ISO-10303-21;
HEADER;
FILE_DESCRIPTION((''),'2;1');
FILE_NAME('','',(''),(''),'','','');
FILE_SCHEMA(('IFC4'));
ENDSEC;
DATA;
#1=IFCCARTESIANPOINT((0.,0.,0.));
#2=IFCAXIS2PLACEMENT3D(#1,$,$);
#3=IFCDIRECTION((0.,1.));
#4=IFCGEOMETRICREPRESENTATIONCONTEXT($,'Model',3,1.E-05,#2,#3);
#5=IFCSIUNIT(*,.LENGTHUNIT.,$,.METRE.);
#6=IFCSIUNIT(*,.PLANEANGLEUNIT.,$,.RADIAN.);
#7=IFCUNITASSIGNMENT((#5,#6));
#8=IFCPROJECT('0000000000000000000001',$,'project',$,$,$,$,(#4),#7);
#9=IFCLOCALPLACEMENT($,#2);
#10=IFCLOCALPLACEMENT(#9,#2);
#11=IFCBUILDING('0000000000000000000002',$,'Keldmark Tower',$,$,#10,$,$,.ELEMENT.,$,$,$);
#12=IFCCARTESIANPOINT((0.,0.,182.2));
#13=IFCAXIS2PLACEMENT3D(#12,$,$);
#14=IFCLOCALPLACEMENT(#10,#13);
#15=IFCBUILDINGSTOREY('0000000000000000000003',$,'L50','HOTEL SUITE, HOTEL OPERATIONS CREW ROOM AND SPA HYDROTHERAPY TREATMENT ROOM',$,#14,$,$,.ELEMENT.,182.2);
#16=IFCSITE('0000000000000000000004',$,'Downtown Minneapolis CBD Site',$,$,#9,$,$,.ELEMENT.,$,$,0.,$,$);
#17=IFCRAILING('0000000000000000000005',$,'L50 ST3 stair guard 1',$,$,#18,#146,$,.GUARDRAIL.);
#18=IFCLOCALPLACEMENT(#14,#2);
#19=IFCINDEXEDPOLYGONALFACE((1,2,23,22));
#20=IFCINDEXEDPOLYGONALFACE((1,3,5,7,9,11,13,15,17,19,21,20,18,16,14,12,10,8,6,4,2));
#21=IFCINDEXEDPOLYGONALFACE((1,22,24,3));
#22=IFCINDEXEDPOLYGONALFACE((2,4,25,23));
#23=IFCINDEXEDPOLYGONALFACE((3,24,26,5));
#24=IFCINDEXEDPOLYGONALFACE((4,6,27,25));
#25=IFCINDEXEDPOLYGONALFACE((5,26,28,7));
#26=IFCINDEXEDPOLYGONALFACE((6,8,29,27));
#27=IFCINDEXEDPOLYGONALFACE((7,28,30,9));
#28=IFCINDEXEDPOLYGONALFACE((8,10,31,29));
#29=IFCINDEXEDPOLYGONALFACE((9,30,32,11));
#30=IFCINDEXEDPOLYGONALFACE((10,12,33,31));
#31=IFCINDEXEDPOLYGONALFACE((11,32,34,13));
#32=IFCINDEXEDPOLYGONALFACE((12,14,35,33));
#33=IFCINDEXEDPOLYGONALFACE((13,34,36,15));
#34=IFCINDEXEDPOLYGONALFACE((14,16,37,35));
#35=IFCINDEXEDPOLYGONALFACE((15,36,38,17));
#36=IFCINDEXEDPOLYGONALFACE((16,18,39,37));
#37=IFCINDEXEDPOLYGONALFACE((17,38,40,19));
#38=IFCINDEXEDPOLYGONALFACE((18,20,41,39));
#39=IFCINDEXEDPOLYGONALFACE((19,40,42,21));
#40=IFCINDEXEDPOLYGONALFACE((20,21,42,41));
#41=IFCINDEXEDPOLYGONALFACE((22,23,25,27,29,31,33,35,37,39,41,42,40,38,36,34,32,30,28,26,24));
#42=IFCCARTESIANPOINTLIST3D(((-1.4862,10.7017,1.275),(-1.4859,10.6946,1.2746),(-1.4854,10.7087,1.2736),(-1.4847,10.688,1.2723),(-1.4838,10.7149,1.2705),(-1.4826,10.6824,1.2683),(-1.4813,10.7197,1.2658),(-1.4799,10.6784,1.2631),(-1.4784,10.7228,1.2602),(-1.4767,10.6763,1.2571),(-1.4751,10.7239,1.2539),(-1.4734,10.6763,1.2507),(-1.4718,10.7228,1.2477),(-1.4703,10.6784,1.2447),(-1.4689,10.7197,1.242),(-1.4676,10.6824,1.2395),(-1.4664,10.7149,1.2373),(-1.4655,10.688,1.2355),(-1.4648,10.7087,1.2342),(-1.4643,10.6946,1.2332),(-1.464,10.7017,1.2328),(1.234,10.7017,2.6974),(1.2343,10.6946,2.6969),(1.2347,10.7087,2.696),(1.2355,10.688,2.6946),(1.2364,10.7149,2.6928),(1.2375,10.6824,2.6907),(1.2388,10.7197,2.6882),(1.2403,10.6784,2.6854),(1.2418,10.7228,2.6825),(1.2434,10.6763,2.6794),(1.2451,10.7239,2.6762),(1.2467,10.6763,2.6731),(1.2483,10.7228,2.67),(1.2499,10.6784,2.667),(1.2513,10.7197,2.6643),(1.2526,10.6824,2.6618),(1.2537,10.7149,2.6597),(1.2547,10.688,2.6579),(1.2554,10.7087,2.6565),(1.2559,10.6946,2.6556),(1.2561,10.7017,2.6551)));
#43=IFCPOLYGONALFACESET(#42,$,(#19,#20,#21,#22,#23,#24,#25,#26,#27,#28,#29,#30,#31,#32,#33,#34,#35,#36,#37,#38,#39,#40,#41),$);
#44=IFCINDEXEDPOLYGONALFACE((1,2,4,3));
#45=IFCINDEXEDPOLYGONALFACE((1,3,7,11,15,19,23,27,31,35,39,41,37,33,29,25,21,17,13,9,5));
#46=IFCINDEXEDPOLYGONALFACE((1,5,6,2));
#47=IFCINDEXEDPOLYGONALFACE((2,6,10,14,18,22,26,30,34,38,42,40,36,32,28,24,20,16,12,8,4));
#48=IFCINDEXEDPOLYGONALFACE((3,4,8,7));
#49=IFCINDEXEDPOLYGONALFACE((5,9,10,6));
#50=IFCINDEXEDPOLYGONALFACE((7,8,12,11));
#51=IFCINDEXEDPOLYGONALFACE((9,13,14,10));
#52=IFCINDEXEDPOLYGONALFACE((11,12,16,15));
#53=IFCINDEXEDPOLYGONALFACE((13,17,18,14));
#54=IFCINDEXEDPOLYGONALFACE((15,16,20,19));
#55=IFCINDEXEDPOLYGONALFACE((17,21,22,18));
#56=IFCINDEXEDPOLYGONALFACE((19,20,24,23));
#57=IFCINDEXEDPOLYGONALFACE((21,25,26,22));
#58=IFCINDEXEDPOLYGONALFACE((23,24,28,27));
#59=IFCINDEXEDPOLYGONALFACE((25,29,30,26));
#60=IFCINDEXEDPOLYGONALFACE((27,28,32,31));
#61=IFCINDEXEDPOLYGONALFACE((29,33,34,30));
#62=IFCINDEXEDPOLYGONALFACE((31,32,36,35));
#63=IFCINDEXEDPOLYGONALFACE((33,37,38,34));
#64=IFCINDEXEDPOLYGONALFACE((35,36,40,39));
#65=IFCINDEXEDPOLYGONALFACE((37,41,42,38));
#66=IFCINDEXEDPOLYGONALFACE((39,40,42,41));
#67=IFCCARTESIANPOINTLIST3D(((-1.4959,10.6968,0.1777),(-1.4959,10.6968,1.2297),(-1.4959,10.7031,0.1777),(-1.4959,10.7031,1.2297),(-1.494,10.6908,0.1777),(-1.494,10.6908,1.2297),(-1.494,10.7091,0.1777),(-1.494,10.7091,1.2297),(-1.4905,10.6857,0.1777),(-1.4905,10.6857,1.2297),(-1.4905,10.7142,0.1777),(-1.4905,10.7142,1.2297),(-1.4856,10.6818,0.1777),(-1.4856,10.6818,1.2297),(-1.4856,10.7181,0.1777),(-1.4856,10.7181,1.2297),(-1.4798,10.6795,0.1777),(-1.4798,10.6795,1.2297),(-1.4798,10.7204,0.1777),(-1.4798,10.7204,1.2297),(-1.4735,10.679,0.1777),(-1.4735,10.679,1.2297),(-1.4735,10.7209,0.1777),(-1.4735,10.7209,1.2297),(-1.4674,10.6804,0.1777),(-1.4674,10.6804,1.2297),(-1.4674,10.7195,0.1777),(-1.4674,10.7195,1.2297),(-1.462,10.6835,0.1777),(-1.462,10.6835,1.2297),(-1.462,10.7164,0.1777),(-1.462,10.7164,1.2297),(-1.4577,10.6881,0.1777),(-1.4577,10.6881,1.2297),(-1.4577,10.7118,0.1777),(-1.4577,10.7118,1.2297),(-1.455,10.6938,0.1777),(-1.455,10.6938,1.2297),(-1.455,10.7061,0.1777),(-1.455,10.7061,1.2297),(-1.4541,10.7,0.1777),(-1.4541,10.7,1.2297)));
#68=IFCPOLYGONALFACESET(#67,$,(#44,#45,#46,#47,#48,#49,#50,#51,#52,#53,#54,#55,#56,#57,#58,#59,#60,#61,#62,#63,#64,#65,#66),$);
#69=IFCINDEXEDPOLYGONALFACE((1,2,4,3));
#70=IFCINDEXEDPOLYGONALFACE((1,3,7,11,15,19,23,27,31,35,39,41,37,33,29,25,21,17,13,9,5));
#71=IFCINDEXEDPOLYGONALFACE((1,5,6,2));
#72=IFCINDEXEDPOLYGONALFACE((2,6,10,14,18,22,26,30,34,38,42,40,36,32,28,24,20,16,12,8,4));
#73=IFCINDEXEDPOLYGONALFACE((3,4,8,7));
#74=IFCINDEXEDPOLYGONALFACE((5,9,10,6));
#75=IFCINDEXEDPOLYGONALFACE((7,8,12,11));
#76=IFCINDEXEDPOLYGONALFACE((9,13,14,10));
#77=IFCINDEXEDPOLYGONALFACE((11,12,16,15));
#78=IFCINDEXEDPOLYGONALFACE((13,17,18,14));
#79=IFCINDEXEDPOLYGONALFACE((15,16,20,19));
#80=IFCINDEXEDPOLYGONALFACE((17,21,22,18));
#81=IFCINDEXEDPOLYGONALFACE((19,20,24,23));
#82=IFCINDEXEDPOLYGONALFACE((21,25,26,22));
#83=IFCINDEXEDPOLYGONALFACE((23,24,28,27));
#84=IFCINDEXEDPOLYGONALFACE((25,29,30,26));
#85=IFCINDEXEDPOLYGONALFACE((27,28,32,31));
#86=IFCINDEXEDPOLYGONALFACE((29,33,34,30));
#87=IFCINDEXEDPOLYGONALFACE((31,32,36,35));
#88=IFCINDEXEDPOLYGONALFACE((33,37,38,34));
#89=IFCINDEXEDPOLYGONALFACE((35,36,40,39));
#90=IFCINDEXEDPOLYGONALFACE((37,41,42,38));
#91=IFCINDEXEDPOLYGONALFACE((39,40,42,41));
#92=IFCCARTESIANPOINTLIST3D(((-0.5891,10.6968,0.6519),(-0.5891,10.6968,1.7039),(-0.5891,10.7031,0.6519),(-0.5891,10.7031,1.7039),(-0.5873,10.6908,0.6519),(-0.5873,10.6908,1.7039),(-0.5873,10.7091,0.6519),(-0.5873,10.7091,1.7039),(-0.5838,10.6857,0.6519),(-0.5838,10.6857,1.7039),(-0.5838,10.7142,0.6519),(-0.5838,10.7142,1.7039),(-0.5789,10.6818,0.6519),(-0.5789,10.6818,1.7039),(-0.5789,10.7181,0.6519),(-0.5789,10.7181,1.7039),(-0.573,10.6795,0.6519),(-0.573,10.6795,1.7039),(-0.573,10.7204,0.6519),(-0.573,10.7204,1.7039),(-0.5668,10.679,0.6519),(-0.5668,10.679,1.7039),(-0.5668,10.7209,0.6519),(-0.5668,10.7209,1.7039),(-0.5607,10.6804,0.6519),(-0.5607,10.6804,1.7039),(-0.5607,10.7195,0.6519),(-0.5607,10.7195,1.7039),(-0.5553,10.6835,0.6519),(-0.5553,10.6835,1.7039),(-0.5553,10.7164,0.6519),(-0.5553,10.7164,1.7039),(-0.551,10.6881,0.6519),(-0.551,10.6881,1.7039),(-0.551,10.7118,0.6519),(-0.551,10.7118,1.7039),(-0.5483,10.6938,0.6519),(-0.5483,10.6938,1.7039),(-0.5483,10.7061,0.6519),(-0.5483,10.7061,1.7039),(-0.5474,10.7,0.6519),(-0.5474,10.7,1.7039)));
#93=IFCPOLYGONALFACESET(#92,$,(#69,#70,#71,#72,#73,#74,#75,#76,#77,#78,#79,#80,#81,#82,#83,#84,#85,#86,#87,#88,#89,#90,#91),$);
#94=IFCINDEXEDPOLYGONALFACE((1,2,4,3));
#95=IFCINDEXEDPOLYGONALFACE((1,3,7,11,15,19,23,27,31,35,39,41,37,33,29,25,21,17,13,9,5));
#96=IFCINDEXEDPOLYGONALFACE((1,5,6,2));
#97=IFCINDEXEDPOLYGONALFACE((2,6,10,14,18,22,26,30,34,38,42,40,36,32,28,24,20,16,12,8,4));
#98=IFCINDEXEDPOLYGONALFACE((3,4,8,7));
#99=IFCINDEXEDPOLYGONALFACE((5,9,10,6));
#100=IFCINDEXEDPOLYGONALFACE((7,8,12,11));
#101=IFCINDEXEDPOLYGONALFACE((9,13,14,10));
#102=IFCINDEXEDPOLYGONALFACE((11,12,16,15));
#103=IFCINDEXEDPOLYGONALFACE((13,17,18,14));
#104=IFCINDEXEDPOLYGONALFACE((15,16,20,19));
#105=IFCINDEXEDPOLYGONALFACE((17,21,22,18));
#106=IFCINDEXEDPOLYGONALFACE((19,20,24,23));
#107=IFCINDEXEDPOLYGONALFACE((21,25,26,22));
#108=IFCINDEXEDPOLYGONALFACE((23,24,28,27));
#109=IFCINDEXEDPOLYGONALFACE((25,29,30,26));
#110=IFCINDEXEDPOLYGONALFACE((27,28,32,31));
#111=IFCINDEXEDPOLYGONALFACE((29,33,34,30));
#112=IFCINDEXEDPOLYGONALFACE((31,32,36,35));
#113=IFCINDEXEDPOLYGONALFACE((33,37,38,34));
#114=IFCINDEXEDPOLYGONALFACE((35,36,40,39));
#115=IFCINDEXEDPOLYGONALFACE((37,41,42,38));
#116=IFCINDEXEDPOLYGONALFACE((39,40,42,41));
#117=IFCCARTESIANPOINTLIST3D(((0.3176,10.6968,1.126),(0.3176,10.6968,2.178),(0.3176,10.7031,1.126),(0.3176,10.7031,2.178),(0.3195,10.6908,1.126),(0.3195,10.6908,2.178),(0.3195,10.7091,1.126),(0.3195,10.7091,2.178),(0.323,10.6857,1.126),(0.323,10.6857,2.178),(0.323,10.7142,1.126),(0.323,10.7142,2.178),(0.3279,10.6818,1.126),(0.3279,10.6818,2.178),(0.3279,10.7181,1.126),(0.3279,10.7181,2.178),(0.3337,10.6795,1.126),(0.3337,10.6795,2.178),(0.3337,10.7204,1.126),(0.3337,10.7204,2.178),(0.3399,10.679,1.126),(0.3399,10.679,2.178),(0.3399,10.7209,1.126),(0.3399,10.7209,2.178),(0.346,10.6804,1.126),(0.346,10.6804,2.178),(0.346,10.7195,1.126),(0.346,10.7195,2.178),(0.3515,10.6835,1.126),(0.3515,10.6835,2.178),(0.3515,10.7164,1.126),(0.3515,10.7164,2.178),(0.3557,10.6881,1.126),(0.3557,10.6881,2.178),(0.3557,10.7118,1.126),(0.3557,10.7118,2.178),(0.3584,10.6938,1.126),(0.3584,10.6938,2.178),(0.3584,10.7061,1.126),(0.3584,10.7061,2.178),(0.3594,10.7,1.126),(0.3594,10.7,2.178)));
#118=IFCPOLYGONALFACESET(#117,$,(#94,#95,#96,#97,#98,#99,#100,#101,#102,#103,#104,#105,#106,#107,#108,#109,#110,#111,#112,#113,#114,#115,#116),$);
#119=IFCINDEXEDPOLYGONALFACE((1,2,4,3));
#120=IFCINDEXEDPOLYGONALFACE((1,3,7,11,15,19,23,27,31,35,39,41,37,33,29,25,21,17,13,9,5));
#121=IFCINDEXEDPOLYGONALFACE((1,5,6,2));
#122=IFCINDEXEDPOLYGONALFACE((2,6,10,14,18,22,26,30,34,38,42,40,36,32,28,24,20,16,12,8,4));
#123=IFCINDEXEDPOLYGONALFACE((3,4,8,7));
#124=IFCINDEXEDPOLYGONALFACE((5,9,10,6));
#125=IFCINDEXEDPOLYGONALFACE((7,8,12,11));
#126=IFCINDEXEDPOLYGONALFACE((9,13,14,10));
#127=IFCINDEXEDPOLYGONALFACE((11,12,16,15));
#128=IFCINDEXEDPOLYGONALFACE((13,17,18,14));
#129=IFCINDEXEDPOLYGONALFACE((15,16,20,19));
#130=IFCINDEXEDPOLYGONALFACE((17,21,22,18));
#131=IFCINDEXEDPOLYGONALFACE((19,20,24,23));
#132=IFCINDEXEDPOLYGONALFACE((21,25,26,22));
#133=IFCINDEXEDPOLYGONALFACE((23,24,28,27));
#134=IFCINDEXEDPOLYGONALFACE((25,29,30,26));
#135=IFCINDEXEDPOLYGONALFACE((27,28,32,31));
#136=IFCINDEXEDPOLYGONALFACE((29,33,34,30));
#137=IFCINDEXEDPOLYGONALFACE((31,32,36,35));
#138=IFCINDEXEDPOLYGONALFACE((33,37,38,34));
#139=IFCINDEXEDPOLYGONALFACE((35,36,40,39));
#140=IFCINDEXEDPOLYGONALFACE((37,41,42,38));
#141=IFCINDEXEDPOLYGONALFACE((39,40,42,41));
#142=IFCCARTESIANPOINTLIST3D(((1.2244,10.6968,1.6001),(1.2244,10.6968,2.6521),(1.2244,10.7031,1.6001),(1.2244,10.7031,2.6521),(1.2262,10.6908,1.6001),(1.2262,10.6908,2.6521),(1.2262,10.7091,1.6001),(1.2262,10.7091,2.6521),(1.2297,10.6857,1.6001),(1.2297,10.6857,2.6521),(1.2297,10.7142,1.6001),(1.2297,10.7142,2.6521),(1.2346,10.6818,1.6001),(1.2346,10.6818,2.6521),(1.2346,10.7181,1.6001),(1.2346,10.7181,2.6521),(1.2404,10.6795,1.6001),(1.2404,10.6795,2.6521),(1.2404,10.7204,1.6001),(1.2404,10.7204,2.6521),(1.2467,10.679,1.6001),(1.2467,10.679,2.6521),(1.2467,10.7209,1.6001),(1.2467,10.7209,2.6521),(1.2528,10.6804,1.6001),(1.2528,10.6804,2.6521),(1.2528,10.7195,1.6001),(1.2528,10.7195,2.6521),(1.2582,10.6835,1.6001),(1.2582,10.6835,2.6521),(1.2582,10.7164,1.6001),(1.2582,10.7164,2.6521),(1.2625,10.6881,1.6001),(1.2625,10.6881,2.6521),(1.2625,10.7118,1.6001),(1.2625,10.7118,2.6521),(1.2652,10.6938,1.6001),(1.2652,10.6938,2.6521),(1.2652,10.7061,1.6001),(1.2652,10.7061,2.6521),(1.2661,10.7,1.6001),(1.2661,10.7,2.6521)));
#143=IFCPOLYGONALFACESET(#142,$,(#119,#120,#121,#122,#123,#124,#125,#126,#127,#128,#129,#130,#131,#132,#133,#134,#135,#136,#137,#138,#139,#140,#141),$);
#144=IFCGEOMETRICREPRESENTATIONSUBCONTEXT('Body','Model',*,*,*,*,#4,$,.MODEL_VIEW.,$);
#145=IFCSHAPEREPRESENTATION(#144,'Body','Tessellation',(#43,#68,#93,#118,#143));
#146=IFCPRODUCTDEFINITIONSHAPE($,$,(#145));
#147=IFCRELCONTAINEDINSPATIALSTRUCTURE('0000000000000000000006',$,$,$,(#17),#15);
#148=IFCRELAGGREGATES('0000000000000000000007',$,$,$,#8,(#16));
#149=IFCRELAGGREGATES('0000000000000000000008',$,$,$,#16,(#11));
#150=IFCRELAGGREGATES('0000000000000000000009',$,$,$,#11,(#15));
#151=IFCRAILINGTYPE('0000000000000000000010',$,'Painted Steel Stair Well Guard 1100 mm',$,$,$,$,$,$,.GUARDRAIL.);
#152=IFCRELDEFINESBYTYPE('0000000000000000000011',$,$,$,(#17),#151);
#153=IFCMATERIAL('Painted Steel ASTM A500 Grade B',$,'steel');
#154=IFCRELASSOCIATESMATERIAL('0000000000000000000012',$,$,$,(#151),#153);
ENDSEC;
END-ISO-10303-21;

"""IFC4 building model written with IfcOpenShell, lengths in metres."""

from ifc_helpers import new_model, si_unit, direction, frame, origin, origin_2d, place, context, subcontext, project, spatial, circle, extrude, material, type_object, element, save


model = new_model("IFC4")

# Units and contexts
model_context = context("Model", 3, precision=1e-05, world=origin(), true_north=direction((0.0, 1.0)))
body_context = subcontext(model_context, "Body", "Model", "MODEL_VIEW")
ifc_project = project(units=[si_unit("LENGTHUNIT", "METRE"), si_unit("PLANEANGLEUNIT", "RADIAN")], contexts=[model_context])

# Site, building, storey
site_placement = place(None, origin())
site = spatial("IfcSite", under=ifc_project, at=site_placement, Name="Downtown Minneapolis CBD Site", CompositionType="ELEMENT", RefElevation=0.0)
building_placement = place(site_placement, origin())
building = spatial("IfcBuilding", under=site, at=building_placement, Name="Keldmark Tower", CompositionType="ELEMENT")
storey_placement = place(building_placement, frame((0.0, 0.0, 182.2)))
storey = spatial("IfcBuildingStorey", under=building, at=storey_placement, Name="L50", Description="HOTEL SUITE, HOTEL OPERATIONS CREW ROOM AND SPA HYDROTHERAPY TREATMENT ROOM", CompositionType="ELEMENT", Elevation=182.2)

# Railing
ifc_material_1 = material(Name="Painted Steel ASTM A500 Grade B", Category="steel")
railing_type_1 = type_object("IfcRailingType", Name="Painted Steel Stair Well Guard 1100 mm", PredefinedType="GUARDRAIL", material=ifc_material_1)
railing_1_placement = place(storey_placement, frame((-1.4751, 10.7, 0.1777)))
element("IfcRailing", 1, at=railing_1_placement, inside=storey, type_object=railing_type_1, Name="L50 ST3 stair guard 1", PredefinedType="GUARDRAIL", context=body_context, shape_type="SweptSolid", body=[
    extrude(circle(Radius=0.0239, at=origin_2d()), frame((0.0, 0.0, 1.0762), z_axis=(0.886168, 0.0, 0.463365), x_axis=(0.0, 1.0, 0.0)), (0.0, 0.0, 1.0), 3.0696),
    extrude(circle(Radius=0.021, at=origin_2d()), origin(), (0.0, 0.0, 1.0), 1.052),
    extrude(circle(Radius=0.021, at=origin_2d()), frame((0.9067, 0.0, 0.4741)), (0.0, 0.0, 1.0), 1.052),
    extrude(circle(Radius=0.021, at=origin_2d()), frame((1.8135, 0.0, 0.9482)), (0.0, 0.0, 1.0), 1.052),
    extrude(circle(Radius=0.021, at=origin_2d()), frame((2.7202, 0.0, 1.4224)), (0.0, 0.0, 1.0), 1.052),
])

save(model, "model.ifc")
